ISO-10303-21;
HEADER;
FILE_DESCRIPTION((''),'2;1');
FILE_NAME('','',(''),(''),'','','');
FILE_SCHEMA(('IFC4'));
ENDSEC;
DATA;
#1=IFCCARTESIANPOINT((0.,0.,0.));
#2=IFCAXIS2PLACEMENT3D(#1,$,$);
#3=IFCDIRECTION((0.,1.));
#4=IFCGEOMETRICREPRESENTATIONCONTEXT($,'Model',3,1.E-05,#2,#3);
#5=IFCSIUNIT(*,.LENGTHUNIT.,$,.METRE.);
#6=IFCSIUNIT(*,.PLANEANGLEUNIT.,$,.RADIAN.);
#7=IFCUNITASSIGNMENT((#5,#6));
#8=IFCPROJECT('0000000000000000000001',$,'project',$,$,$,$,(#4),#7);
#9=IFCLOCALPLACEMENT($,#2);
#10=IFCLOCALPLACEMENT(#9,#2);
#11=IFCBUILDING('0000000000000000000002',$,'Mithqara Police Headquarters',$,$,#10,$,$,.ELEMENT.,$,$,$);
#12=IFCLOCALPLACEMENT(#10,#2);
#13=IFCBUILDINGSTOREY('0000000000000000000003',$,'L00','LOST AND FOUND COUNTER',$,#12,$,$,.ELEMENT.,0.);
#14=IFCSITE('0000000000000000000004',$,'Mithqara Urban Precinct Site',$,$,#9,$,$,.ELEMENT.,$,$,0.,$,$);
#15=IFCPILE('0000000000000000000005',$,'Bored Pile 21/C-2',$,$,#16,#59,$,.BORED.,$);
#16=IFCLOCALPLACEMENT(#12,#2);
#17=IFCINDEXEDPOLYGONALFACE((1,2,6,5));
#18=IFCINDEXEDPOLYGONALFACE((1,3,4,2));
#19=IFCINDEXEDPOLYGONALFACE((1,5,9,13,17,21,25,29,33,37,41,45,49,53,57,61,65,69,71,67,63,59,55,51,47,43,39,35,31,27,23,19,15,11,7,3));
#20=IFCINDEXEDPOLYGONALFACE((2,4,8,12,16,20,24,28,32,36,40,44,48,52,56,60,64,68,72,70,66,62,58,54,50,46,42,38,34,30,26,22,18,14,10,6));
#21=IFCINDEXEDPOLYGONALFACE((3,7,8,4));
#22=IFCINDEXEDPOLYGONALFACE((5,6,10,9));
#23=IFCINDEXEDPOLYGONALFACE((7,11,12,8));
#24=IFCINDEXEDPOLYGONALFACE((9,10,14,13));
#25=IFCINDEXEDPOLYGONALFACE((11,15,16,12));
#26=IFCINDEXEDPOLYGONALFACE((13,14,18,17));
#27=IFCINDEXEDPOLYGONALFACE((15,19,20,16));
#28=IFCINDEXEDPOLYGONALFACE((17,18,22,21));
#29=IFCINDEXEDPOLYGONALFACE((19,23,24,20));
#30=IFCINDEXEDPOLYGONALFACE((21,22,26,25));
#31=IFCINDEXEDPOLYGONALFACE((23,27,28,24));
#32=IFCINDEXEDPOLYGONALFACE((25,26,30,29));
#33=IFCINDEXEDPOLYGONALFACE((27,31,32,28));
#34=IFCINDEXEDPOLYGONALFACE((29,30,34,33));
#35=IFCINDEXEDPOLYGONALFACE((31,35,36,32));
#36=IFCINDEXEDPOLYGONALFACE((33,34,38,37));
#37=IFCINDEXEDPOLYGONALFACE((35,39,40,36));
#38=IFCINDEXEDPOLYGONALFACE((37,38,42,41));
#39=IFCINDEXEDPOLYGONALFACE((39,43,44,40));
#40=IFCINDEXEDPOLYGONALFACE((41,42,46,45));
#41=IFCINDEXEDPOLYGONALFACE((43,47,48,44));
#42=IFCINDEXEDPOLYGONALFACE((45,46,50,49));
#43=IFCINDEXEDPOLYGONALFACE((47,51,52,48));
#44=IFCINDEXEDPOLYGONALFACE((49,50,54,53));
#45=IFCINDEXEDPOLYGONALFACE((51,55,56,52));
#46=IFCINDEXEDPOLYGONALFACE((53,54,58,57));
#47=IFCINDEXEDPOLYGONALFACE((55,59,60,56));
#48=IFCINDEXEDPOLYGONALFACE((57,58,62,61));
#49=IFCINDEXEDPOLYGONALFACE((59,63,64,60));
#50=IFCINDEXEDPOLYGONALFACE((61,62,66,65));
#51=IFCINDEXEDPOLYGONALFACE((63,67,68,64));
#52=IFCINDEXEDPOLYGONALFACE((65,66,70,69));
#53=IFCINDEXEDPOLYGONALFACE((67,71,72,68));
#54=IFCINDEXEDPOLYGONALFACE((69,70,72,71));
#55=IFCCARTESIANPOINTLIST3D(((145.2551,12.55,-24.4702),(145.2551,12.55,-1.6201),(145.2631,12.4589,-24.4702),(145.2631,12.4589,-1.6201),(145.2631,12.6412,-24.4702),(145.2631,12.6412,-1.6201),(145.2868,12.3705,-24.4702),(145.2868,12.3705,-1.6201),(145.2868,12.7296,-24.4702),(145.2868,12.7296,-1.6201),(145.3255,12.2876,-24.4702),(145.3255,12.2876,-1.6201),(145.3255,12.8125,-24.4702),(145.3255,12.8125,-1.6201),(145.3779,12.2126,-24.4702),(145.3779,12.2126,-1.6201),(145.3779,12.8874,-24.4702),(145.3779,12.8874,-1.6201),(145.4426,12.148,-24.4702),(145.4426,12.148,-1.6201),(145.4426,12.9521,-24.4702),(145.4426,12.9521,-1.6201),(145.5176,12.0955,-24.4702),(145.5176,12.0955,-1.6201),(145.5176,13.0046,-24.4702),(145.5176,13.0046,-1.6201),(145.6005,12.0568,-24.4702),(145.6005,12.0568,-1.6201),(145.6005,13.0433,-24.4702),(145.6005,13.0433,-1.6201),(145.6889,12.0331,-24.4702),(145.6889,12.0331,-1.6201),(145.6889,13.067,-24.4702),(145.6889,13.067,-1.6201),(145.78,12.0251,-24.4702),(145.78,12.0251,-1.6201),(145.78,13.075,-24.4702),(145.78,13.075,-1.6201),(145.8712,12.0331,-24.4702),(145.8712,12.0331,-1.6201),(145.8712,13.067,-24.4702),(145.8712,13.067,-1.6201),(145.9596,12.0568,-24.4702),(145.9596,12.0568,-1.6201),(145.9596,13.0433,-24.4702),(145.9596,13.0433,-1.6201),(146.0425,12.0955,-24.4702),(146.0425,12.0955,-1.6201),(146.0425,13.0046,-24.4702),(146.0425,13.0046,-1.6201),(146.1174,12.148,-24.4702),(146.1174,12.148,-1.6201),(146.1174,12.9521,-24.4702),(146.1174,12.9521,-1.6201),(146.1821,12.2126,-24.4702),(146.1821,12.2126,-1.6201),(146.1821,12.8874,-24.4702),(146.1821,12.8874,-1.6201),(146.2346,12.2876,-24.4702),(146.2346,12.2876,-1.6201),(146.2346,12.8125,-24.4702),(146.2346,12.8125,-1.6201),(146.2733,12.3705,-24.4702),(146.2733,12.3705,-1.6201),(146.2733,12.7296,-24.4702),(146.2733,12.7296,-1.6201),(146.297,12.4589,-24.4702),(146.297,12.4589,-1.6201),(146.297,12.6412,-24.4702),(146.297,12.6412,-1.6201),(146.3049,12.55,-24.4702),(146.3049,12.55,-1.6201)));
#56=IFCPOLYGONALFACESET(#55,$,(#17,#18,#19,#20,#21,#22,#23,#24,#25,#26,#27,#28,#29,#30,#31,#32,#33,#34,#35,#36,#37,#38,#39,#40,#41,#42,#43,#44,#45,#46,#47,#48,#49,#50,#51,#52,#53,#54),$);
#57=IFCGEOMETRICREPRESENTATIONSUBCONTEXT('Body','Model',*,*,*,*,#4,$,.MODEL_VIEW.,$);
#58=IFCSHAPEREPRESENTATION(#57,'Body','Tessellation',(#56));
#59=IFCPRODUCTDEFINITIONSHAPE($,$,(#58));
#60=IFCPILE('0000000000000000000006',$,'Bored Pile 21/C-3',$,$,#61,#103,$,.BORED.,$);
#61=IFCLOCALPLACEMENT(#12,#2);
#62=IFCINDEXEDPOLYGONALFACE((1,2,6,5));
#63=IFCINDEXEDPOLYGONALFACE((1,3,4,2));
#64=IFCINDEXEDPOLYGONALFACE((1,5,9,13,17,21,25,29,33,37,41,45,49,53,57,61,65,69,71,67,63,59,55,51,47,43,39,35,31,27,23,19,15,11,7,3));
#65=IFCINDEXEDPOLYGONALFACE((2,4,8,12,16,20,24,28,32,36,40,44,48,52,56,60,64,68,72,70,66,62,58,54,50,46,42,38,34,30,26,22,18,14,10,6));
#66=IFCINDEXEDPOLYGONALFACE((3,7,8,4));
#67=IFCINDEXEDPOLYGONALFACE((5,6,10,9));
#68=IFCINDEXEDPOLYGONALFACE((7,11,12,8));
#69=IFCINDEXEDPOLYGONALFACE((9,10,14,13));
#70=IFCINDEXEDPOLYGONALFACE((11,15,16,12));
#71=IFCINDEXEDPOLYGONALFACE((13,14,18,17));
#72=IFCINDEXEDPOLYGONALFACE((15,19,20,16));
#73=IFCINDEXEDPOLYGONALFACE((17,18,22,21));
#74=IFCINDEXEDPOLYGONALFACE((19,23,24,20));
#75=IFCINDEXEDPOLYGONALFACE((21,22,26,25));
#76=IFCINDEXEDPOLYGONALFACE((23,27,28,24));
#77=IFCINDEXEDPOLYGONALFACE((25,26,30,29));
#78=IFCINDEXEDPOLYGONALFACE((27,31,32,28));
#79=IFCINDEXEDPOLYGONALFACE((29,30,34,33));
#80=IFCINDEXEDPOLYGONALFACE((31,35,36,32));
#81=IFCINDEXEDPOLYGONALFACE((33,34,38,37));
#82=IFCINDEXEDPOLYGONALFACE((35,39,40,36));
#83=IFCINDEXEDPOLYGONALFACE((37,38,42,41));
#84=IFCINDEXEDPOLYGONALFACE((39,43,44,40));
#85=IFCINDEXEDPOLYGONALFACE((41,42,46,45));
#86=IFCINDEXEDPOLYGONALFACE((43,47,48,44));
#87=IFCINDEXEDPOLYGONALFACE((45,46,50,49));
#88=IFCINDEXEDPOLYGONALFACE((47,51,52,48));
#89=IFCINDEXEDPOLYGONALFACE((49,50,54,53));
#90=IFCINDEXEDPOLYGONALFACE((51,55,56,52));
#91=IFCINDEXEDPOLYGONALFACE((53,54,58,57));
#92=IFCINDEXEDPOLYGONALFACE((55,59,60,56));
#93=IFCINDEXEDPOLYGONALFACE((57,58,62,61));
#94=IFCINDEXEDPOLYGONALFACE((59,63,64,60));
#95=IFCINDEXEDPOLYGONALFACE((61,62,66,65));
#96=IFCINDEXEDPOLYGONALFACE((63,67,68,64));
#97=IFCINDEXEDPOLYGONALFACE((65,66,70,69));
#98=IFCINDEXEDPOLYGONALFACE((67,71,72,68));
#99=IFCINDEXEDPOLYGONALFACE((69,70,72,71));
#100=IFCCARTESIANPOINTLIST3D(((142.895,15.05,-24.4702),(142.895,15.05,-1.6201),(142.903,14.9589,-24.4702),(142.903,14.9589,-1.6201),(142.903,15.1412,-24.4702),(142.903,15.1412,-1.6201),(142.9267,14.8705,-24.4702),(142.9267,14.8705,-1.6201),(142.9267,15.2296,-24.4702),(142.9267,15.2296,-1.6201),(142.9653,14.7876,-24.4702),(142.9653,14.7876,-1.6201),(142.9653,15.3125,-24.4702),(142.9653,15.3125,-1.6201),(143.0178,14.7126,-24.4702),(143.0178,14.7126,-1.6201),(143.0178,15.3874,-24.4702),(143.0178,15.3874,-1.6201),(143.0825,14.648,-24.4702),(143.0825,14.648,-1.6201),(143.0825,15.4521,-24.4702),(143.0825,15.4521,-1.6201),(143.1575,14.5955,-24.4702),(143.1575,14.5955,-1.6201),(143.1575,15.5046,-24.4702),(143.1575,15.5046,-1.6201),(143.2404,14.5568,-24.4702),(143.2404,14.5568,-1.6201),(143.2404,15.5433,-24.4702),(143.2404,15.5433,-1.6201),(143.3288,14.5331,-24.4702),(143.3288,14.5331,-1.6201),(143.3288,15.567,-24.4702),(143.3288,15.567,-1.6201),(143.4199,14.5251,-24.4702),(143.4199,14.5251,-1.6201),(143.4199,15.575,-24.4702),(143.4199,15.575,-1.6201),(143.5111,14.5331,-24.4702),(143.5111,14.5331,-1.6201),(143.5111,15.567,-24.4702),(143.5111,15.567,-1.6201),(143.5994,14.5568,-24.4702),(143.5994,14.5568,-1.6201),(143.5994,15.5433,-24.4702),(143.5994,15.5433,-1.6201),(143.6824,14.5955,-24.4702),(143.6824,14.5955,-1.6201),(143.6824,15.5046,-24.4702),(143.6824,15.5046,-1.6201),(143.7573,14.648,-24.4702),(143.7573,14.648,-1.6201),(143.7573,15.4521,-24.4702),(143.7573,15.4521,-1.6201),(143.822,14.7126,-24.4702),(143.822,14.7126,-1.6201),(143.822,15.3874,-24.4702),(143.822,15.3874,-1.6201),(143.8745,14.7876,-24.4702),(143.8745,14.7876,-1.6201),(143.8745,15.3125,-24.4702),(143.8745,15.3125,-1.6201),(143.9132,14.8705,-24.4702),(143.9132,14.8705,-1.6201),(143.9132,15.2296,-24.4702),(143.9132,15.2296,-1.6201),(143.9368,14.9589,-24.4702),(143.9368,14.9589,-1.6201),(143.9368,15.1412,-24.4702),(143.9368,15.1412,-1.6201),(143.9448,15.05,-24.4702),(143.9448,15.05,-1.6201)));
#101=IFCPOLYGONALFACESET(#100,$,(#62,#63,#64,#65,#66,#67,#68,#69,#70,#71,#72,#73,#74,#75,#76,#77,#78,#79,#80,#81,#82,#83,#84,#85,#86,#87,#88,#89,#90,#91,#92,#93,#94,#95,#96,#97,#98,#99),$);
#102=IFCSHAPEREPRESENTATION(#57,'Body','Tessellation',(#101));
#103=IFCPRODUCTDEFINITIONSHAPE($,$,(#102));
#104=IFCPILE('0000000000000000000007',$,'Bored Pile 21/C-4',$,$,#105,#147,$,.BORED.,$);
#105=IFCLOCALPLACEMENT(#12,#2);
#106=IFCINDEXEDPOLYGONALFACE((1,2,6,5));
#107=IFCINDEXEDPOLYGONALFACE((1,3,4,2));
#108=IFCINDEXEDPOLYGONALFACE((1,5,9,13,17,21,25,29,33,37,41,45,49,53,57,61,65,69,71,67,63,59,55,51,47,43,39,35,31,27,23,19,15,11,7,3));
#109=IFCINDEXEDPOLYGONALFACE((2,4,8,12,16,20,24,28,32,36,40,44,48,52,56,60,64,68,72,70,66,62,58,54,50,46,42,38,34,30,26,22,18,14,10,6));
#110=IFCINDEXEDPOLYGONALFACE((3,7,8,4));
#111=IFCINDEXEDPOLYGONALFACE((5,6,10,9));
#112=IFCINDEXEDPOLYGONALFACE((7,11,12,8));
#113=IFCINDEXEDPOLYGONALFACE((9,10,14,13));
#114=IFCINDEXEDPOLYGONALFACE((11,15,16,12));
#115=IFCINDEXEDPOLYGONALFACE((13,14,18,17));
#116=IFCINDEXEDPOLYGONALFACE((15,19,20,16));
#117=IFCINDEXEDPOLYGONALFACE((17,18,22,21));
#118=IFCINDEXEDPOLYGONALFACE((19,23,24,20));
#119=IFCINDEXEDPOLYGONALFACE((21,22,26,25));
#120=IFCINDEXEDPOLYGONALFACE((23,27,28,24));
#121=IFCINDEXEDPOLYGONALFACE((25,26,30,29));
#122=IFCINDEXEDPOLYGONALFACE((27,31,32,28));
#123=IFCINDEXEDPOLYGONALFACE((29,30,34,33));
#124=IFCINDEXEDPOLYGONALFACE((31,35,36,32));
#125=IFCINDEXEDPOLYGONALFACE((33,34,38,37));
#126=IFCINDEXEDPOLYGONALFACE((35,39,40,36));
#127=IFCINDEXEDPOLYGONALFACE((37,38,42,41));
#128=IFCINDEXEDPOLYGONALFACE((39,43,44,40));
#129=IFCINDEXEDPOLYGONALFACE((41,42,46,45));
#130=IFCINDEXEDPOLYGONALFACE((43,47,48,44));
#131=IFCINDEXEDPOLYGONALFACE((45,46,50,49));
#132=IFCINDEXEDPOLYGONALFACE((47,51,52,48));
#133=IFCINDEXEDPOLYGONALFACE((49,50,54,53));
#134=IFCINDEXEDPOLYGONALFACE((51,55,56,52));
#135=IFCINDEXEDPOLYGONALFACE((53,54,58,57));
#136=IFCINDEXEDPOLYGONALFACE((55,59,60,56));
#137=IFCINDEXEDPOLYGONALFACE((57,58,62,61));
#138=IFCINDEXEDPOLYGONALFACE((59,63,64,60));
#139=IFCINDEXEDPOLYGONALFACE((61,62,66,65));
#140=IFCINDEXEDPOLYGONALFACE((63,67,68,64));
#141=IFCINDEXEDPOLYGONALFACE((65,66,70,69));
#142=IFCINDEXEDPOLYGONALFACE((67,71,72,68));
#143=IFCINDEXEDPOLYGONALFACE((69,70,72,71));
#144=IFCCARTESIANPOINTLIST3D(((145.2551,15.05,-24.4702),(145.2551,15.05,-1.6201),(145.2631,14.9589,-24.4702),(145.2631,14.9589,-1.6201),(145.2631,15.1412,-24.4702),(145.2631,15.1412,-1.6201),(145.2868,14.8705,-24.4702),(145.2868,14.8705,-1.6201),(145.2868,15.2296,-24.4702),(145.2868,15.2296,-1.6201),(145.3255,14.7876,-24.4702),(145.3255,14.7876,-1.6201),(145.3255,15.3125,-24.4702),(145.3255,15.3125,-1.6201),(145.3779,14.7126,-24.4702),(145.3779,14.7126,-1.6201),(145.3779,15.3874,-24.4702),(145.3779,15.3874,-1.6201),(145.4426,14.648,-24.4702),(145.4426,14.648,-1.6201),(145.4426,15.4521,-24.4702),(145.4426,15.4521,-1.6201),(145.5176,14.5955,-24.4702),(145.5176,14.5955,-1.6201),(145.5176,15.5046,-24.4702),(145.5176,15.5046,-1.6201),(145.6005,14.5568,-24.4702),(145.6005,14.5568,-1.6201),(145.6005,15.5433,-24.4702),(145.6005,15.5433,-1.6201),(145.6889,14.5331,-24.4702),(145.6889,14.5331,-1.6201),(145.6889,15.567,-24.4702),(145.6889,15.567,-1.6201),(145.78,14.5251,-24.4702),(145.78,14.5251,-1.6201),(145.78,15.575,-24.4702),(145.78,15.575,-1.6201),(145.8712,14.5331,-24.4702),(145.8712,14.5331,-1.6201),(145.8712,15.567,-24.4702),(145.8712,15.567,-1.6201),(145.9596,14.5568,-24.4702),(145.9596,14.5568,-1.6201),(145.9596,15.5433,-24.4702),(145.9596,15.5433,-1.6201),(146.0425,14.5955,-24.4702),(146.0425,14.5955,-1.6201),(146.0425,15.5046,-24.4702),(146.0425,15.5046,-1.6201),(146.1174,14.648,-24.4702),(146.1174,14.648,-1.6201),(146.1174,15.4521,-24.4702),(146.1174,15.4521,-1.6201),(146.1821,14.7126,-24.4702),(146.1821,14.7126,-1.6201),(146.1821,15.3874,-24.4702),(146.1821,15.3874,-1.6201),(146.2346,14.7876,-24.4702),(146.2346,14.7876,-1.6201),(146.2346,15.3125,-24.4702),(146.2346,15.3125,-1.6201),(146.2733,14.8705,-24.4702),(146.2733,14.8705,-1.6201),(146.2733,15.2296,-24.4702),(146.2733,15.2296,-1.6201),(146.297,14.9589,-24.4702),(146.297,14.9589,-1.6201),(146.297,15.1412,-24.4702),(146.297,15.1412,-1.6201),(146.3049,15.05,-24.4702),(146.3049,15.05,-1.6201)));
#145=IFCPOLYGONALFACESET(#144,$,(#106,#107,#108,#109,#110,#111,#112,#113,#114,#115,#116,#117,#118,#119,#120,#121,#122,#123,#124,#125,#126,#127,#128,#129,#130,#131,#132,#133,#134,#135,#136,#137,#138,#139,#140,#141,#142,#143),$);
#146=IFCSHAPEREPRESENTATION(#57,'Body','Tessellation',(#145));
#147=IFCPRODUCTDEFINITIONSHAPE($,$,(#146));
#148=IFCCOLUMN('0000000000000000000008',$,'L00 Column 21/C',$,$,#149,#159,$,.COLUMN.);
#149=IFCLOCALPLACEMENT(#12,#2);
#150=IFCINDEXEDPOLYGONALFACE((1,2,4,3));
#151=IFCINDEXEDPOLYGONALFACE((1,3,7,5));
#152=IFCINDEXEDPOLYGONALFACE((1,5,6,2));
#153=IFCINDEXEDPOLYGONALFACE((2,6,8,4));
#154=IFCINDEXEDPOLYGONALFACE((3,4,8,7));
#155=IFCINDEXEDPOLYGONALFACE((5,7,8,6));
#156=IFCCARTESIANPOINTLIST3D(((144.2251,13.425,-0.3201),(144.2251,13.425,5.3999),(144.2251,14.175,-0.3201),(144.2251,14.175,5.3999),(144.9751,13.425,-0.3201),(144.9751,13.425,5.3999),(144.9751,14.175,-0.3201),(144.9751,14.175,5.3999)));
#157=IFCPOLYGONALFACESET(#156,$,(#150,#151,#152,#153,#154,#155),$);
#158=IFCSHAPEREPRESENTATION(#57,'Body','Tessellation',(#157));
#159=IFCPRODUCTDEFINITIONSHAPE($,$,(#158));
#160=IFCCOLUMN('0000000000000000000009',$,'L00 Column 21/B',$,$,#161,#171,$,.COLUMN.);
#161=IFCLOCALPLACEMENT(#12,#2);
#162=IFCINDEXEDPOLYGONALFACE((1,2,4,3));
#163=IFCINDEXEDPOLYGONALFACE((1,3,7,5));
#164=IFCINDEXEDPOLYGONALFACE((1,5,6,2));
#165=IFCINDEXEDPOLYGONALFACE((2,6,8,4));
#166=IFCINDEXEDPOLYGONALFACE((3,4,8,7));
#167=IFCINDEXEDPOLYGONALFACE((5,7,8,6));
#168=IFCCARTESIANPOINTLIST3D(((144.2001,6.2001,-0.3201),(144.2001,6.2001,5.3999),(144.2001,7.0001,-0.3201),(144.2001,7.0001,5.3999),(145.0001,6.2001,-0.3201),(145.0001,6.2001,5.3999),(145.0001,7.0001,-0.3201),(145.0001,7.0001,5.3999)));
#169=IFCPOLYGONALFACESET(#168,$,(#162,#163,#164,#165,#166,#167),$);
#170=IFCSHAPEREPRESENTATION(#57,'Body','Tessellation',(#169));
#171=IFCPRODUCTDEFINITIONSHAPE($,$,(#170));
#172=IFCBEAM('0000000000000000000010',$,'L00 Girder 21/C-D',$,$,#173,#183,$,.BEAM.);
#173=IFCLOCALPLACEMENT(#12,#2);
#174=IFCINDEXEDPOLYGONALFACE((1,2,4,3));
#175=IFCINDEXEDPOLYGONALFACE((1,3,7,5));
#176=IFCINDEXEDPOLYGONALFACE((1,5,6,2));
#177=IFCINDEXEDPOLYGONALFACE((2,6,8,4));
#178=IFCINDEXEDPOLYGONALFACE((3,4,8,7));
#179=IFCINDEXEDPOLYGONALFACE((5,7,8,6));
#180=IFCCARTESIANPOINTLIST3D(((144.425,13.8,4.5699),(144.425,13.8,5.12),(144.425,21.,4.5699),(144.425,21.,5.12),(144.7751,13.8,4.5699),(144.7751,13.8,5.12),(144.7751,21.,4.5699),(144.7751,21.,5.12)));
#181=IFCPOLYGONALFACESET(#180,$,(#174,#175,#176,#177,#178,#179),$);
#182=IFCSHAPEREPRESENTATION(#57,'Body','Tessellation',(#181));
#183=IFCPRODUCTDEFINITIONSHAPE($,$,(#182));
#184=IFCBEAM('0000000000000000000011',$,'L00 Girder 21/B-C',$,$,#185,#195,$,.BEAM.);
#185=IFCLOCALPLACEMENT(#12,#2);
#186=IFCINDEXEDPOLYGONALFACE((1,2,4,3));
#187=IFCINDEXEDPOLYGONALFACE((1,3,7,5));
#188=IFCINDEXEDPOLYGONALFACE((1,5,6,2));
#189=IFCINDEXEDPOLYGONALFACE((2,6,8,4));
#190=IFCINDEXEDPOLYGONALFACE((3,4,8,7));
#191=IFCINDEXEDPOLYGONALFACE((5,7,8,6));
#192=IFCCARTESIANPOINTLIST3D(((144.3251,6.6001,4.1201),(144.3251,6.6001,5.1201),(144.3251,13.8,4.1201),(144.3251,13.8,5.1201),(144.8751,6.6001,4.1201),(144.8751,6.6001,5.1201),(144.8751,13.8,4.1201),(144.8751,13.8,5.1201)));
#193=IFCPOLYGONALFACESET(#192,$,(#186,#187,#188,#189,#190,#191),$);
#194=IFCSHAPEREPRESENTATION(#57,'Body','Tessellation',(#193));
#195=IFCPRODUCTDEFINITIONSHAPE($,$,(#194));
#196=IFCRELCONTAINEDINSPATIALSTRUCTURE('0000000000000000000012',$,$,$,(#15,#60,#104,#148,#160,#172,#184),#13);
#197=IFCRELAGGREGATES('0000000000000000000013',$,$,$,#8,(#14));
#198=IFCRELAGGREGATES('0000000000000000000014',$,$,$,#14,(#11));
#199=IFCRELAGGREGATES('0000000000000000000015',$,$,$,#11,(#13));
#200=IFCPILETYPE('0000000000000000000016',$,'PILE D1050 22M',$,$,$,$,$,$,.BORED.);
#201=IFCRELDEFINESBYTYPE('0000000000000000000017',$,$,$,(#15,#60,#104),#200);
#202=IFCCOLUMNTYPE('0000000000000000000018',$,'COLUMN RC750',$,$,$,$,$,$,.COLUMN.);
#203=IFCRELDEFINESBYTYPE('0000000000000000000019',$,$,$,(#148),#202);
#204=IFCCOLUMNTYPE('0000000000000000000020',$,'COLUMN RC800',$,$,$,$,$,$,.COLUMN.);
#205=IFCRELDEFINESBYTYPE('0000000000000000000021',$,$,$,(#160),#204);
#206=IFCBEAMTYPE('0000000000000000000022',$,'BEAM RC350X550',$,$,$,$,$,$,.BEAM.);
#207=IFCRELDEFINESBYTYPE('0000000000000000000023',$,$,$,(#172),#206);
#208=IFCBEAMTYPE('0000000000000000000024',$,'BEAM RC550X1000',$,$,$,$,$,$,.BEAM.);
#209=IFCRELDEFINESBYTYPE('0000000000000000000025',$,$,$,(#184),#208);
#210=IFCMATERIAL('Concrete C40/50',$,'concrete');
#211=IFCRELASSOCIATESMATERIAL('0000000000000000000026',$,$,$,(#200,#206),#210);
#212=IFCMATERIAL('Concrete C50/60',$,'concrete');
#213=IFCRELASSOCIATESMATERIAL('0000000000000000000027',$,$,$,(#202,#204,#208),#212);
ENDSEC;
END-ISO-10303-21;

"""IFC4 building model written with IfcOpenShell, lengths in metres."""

from ifc_helpers import new_model, si_unit, direction, frame, origin, origin_2d, place, context, subcontext, project, spatial, rectangle, circle, extrude, material, material_profile, profile_set, type_object, element, save


model = new_model("IFC4")

# Units and contexts
model_context = context("Model", 3, precision=1e-05, world=origin(), true_north=direction((0.0, 1.0)))
body_context = subcontext(model_context, "Body", "Model", "MODEL_VIEW")
ifc_project = project(units=[si_unit("LENGTHUNIT", "METRE"), si_unit("PLANEANGLEUNIT", "RADIAN")], contexts=[model_context])

# Site, building, storey
site_placement = place(None, origin())
site = spatial("IfcSite", under=ifc_project, at=site_placement, Name="Mithqara Urban Precinct Site", CompositionType="ELEMENT", RefElevation=0.0)
building_placement = place(site_placement, origin())
building = spatial("IfcBuilding", under=site, at=building_placement, Name="Mithqara Police Headquarters", CompositionType="ELEMENT")
storey_placement = place(building_placement, origin())
storey = spatial("IfcBuildingStorey", under=building, at=storey_placement, Name="L00", Description="LOST AND FOUND COUNTER", CompositionType="ELEMENT", Elevation=0.0)

# Shared definitions
ifc_material_1 = material(Name="Concrete C40/50", Category="concrete")

# Piles
ifc_material_profile_1 = material_profile(ifc_material_1, circle(Radius=0.5249, at=origin_2d()), Name="PILE D1050")
ifc_profile_set_1 = profile_set([ifc_material_profile_1], Name="Concrete C40/50")
pile_type = type_object("IfcPileType", Name="PILE D1050 22M", PredefinedType="BORED", material=ifc_profile_set_1)
for number, where, z_axis, x_axis, name in (
    (1, (145.78, 12.55, -1.6201), (0.0, 0.0, -1.0), (1.0, 0.0, 0.0), "Bored Pile 21/C-2"),
    (2, (143.4199, 15.05, -1.6201), (0.0, 0.0, -1.0), (1.0, 0.0, 0.0), "Bored Pile 21/C-3"),
    (3, (145.78, 15.05, -1.6201), (0.0, 0.0, -1.0), (1.0, 0.0, 0.0), "Bored Pile 21/C-4"),
):
    element("IfcPile", number, at=place(storey_placement, frame(where, z_axis=z_axis, x_axis=x_axis)), inside=storey, type_object=pile_type, Name=name, PredefinedType="BORED", context=body_context, shape_type="SweptSolid", body=[
        extrude(circle(Radius=0.5249, at=origin_2d()), origin(), (0.0, 0.0, 1.0), 22.8501),
    ])

# Columns
ifc_material_2 = material(Name="Concrete C50/60", Category="concrete")
ifc_material_profile_2 = material_profile(ifc_material_2, rectangle(XDim=0.75, YDim=0.75, at=origin_2d()), Name="RC 750x750")
ifc_profile_set_2 = profile_set([ifc_material_profile_2], Name="Concrete C50/60")
column_type_1 = type_object("IfcColumnType", Name="COLUMN RC750", PredefinedType="COLUMN", material=ifc_profile_set_2)
column_1_placement = place(storey_placement, frame((144.6001, 13.8, -0.3201), z_axis=(0.0, 0.0, 1.0), x_axis=(1.0, 0.0, 0.0)))
element("IfcColumn", 4, at=column_1_placement, inside=storey, type_object=column_type_1, Name="L00 Column 21/C", PredefinedType="COLUMN", context=body_context, shape_type="SweptSolid", body=[
    extrude(rectangle(XDim=0.75, YDim=0.75, at=origin_2d()), origin(), (0.0, 0.0, 1.0), 5.72),
])
ifc_material_profile_3 = material_profile(ifc_material_2, rectangle(XDim=0.8, YDim=0.8, at=origin_2d()), Name="RC 800x800")
ifc_profile_set_3 = profile_set([ifc_material_profile_3], Name="Concrete C50/60")
column_type_2 = type_object("IfcColumnType", Name="COLUMN RC800", PredefinedType="COLUMN", material=ifc_profile_set_3)
column_2_placement = place(storey_placement, frame((144.6001, 6.6001, -0.3201), z_axis=(0.0, 0.0, 1.0), x_axis=(1.0, 0.0, 0.0)))
element("IfcColumn", 5, at=column_2_placement, inside=storey, type_object=column_type_2, Name="L00 Column 21/B", PredefinedType="COLUMN", context=body_context, shape_type="SweptSolid", body=[
    extrude(rectangle(XDim=0.8, YDim=0.8, at=origin_2d()), origin(), (0.0, 0.0, 1.0), 5.72),
])

# Beams
ifc_material_profile_4 = material_profile(ifc_material_1, rectangle(XDim=0.3501, YDim=0.55, at=origin_2d()), Name="RC 350x550")
ifc_profile_set_4 = profile_set([ifc_material_profile_4], Name="Concrete C40/50")
beam_type_1 = type_object("IfcBeamType", Name="BEAM RC350X550", PredefinedType="BEAM", material=ifc_profile_set_4)
beam_1_placement = place(storey_placement, frame((144.6001, 13.8, 4.845), z_axis=(0.0, 1.0, 0.0), x_axis=(-1.0, 0.0, 0.0)))
element("IfcBeam", 6, at=beam_1_placement, inside=storey, type_object=beam_type_1, Name="L00 Girder 21/C-D", PredefinedType="BEAM", context=body_context, shape_type="SweptSolid", body=[
    extrude(rectangle(XDim=0.3501, YDim=0.55, at=origin_2d()), origin(), (0.0, 0.0, 1.0), 7.2),
])
ifc_material_profile_5 = material_profile(ifc_material_2, rectangle(XDim=0.55, YDim=1.0, at=origin_2d()), Name="RC 550x1000")
ifc_profile_set_5 = profile_set([ifc_material_profile_5], Name="Concrete C50/60")
beam_type_2 = type_object("IfcBeamType", Name="BEAM RC550X1000", PredefinedType="BEAM", material=ifc_profile_set_5)
beam_2_placement = place(storey_placement, frame((144.6001, 6.6001, 4.6201), z_axis=(0.0, 1.0, 0.0), x_axis=(-1.0, 0.0, 0.0)))
element("IfcBeam", 7, at=beam_2_placement, inside=storey, type_object=beam_type_2, Name="L00 Girder 21/B-C", PredefinedType="BEAM", context=body_context, shape_type="SweptSolid", body=[
    extrude(rectangle(XDim=0.55, YDim=1.0, at=origin_2d()), origin(), (0.0, 0.0, 1.0), 7.2),
])

save(model, "model.ifc")
